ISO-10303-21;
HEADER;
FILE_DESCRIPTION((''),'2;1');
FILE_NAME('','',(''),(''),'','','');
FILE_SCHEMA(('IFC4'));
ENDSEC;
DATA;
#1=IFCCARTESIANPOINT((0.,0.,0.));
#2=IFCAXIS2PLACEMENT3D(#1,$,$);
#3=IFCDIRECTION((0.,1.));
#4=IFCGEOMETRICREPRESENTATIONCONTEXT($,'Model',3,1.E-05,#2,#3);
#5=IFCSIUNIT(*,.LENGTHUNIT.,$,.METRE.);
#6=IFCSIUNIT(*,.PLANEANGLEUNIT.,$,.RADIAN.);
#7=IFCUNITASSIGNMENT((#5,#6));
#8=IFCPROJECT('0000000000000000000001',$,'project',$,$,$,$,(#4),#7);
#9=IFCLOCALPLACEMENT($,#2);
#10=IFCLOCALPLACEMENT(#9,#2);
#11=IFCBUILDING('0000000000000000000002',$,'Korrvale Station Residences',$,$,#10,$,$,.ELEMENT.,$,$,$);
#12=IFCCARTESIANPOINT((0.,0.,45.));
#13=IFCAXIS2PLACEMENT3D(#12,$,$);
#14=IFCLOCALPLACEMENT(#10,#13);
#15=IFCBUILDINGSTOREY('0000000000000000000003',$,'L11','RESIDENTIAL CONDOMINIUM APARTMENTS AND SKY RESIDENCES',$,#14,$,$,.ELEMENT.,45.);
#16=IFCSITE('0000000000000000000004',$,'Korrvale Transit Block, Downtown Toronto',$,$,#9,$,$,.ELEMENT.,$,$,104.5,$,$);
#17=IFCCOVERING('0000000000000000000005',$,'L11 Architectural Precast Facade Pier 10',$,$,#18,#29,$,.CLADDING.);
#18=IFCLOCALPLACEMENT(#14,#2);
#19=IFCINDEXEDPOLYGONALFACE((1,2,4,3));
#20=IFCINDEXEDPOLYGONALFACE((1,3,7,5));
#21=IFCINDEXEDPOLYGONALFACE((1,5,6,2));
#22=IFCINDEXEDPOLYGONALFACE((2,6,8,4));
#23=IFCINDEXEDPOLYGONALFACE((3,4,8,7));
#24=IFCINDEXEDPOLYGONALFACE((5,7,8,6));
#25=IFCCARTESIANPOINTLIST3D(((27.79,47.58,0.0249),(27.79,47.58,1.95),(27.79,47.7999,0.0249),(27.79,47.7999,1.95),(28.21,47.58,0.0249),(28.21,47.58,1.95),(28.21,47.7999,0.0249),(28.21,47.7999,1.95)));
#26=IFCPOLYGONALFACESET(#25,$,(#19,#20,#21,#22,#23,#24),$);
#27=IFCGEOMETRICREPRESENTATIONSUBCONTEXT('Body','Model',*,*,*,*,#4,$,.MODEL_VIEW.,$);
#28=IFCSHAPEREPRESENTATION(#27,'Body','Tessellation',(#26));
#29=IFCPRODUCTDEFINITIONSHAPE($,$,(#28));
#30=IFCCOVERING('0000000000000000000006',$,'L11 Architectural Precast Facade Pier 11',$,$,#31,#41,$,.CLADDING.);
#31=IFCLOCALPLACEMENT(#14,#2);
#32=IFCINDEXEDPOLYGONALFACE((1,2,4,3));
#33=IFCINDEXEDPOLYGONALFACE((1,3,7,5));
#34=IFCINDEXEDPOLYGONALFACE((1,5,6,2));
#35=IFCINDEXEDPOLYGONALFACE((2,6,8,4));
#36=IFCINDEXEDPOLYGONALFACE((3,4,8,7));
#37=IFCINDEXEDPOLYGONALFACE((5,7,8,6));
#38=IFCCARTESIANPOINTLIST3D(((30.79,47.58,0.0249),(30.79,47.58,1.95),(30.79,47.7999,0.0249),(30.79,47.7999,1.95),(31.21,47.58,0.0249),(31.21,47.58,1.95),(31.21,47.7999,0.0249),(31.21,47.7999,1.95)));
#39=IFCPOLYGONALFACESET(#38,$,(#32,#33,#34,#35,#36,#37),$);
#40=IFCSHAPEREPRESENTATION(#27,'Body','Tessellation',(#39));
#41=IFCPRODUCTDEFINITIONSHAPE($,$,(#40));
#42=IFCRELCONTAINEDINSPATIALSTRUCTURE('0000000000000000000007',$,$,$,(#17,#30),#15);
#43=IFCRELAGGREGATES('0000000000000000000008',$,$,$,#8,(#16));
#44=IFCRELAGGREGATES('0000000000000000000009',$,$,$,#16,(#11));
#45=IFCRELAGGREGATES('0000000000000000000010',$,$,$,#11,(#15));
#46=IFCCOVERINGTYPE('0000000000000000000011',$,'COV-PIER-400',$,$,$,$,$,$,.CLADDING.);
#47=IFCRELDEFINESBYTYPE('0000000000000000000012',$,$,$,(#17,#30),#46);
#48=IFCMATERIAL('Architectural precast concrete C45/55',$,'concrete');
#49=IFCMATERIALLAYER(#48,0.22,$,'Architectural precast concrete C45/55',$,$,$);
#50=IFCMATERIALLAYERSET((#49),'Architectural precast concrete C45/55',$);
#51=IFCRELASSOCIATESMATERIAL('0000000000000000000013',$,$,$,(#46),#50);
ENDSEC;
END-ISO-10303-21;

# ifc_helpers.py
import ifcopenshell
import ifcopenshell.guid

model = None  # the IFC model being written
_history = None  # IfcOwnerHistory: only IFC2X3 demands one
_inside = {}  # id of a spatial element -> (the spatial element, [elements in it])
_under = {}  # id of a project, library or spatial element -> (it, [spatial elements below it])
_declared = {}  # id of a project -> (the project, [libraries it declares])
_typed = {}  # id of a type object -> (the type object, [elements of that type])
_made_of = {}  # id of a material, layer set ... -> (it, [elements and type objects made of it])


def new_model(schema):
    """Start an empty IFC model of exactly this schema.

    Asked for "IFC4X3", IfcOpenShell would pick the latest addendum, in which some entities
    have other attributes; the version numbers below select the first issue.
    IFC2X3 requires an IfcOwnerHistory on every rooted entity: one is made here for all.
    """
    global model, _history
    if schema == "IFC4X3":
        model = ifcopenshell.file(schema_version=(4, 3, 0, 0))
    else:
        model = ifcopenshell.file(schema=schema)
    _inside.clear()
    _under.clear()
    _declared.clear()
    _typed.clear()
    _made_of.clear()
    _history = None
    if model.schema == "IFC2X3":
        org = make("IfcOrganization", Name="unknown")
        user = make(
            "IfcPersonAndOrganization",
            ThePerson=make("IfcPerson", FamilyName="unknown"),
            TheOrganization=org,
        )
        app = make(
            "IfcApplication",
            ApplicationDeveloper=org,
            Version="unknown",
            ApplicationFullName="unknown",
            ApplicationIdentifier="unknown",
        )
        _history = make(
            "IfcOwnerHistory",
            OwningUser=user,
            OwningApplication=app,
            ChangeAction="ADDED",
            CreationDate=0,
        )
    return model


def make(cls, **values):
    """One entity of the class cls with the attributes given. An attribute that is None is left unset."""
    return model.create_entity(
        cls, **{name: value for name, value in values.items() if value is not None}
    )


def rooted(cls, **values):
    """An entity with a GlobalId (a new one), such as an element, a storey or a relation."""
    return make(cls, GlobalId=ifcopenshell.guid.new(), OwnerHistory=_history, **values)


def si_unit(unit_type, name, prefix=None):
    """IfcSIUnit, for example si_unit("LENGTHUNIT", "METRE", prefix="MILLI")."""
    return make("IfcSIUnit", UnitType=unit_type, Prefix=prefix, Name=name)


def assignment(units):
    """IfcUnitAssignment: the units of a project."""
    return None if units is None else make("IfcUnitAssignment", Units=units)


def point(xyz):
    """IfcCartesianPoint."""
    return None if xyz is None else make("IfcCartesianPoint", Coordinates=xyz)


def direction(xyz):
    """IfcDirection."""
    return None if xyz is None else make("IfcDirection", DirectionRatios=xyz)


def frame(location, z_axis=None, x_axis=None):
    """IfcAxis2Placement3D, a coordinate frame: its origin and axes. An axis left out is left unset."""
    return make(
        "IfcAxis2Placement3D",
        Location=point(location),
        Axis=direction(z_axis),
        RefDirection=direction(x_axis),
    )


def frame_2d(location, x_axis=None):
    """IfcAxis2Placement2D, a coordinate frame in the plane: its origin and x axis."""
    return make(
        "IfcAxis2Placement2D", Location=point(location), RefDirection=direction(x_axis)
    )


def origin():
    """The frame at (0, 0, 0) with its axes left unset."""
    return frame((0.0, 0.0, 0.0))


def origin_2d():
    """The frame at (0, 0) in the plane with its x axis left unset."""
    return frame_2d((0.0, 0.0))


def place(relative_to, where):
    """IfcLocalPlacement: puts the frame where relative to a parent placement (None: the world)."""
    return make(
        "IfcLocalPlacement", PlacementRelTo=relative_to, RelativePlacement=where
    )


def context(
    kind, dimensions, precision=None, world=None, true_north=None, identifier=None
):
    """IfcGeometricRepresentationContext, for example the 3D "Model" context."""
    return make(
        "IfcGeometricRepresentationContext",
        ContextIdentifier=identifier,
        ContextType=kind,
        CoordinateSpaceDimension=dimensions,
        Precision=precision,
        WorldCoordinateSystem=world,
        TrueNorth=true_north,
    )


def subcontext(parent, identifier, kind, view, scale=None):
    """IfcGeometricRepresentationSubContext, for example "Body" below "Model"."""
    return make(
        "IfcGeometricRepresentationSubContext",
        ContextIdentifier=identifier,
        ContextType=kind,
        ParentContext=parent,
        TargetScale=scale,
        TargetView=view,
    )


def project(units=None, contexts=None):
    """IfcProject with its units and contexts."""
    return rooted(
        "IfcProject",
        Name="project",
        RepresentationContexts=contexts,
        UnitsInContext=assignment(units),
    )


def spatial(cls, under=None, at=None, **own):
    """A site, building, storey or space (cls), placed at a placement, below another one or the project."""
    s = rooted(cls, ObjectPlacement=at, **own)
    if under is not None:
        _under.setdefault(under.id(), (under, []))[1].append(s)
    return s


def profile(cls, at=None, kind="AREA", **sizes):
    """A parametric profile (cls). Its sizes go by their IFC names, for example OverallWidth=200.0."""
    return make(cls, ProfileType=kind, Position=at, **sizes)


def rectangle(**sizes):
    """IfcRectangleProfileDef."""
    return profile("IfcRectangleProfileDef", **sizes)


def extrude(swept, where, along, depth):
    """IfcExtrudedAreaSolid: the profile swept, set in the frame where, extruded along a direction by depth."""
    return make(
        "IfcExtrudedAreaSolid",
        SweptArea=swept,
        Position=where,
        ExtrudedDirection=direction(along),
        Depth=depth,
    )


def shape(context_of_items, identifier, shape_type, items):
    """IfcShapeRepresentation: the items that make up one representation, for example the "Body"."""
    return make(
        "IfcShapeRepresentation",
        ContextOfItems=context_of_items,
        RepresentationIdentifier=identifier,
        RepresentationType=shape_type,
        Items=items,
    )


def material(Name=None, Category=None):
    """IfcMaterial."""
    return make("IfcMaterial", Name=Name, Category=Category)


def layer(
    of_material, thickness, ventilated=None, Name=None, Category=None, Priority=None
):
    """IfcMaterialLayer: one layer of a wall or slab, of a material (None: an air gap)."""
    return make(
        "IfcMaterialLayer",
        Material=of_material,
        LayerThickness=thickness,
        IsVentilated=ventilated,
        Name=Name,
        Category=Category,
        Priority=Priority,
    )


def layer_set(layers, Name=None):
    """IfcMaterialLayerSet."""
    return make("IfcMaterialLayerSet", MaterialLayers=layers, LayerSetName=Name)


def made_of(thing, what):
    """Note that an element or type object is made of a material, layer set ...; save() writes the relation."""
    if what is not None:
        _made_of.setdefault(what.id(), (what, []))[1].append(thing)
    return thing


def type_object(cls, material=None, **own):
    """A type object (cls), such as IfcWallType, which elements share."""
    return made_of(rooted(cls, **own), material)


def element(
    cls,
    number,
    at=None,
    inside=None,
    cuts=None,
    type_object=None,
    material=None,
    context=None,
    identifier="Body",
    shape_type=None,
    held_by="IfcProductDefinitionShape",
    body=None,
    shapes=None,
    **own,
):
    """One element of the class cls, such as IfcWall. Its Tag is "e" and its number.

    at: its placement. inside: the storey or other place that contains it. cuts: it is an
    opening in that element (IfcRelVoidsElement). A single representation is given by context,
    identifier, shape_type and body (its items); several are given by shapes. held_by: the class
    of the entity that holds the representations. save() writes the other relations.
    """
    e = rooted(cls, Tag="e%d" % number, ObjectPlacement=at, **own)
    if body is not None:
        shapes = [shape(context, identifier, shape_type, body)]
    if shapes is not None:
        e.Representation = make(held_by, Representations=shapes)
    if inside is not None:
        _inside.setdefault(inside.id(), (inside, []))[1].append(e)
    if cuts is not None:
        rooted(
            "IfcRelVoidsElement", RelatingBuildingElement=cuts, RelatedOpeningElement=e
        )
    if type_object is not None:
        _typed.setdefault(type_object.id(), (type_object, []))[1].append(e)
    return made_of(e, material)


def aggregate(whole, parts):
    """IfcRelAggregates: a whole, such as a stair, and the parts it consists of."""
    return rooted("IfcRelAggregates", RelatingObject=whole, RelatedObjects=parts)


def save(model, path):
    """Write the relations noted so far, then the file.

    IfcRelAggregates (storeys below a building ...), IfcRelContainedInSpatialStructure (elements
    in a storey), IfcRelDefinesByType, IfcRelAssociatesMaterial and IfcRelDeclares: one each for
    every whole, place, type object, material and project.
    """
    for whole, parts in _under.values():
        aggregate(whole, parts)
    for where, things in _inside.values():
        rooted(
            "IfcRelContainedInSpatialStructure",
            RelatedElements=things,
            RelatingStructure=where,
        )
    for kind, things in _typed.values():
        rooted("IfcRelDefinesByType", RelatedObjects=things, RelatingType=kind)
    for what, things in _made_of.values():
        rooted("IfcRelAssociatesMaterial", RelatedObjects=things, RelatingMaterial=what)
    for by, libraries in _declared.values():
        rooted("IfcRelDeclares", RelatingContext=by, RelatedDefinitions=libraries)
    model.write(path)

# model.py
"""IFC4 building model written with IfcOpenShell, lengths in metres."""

from ifc_helpers import new_model, si_unit, direction, frame, origin, origin_2d, place, context, subcontext, project, spatial, rectangle, extrude, material, layer, layer_set, type_object, element, save


model = new_model("IFC4")

# Units and contexts
model_context = context("Model", 3, precision=1e-05, world=origin(), true_north=direction((0.0, 1.0)))
body_context = subcontext(model_context, "Body", "Model", "MODEL_VIEW")
ifc_project = project(units=[si_unit("LENGTHUNIT", "METRE"), si_unit("PLANEANGLEUNIT", "RADIAN")], contexts=[model_context])

# Site, building, storey
site_placement = place(None, origin())
site = spatial("IfcSite", under=ifc_project, at=site_placement, Name="Korrvale Transit Block, Downtown Toronto", CompositionType="ELEMENT", RefElevation=104.5)
building_placement = place(site_placement, origin())
building = spatial("IfcBuilding", under=site, at=building_placement, Name="Korrvale Station Residences", CompositionType="ELEMENT")
storey_placement = place(building_placement, frame((0.0, 0.0, 45.0)))
storey = spatial("IfcBuildingStorey", under=building, at=storey_placement, Name="L11", Description="RESIDENTIAL CONDOMINIUM APARTMENTS AND SKY RESIDENCES", CompositionType="ELEMENT", Elevation=45.0)

# Coverings
ifc_material_1 = material(Name="Architectural precast concrete C45/55", Category="concrete")
ifc_layer_1 = layer(ifc_material_1, 0.22, Name="Architectural precast concrete C45/55")
ifc_layer_set_1 = layer_set([ifc_layer_1], Name="Architectural precast concrete C45/55")
covering_type = type_object("IfcCoveringType", Name="COV-PIER-400", PredefinedType="CLADDING", material=ifc_layer_set_1)
for number, where, z_axis, x_axis, name in (
    (1, (28.0, 47.6899, 0.0249), (0.0, 0.0, 1.0), (1.0, 0.0, 0.0), "L11 Architectural Precast Facade Pier 10"),
    (2, (31.0, 47.6899, 0.0249), (0.0, 0.0, 1.0), (1.0, 0.0, 0.0), "L11 Architectural Precast Facade Pier 11"),
):
    element("IfcCovering", number, at=place(storey_placement, frame(where, z_axis=z_axis, x_axis=x_axis)), inside=storey, type_object=covering_type, Name=name, PredefinedType="CLADDING", context=body_context, shape_type="SweptSolid", body=[
        extrude(rectangle(XDim=0.4199, YDim=0.22, at=origin_2d()), origin(), (0.0, 0.0, 1.0), 1.925),
    ])

save(model, "model.ifc")
